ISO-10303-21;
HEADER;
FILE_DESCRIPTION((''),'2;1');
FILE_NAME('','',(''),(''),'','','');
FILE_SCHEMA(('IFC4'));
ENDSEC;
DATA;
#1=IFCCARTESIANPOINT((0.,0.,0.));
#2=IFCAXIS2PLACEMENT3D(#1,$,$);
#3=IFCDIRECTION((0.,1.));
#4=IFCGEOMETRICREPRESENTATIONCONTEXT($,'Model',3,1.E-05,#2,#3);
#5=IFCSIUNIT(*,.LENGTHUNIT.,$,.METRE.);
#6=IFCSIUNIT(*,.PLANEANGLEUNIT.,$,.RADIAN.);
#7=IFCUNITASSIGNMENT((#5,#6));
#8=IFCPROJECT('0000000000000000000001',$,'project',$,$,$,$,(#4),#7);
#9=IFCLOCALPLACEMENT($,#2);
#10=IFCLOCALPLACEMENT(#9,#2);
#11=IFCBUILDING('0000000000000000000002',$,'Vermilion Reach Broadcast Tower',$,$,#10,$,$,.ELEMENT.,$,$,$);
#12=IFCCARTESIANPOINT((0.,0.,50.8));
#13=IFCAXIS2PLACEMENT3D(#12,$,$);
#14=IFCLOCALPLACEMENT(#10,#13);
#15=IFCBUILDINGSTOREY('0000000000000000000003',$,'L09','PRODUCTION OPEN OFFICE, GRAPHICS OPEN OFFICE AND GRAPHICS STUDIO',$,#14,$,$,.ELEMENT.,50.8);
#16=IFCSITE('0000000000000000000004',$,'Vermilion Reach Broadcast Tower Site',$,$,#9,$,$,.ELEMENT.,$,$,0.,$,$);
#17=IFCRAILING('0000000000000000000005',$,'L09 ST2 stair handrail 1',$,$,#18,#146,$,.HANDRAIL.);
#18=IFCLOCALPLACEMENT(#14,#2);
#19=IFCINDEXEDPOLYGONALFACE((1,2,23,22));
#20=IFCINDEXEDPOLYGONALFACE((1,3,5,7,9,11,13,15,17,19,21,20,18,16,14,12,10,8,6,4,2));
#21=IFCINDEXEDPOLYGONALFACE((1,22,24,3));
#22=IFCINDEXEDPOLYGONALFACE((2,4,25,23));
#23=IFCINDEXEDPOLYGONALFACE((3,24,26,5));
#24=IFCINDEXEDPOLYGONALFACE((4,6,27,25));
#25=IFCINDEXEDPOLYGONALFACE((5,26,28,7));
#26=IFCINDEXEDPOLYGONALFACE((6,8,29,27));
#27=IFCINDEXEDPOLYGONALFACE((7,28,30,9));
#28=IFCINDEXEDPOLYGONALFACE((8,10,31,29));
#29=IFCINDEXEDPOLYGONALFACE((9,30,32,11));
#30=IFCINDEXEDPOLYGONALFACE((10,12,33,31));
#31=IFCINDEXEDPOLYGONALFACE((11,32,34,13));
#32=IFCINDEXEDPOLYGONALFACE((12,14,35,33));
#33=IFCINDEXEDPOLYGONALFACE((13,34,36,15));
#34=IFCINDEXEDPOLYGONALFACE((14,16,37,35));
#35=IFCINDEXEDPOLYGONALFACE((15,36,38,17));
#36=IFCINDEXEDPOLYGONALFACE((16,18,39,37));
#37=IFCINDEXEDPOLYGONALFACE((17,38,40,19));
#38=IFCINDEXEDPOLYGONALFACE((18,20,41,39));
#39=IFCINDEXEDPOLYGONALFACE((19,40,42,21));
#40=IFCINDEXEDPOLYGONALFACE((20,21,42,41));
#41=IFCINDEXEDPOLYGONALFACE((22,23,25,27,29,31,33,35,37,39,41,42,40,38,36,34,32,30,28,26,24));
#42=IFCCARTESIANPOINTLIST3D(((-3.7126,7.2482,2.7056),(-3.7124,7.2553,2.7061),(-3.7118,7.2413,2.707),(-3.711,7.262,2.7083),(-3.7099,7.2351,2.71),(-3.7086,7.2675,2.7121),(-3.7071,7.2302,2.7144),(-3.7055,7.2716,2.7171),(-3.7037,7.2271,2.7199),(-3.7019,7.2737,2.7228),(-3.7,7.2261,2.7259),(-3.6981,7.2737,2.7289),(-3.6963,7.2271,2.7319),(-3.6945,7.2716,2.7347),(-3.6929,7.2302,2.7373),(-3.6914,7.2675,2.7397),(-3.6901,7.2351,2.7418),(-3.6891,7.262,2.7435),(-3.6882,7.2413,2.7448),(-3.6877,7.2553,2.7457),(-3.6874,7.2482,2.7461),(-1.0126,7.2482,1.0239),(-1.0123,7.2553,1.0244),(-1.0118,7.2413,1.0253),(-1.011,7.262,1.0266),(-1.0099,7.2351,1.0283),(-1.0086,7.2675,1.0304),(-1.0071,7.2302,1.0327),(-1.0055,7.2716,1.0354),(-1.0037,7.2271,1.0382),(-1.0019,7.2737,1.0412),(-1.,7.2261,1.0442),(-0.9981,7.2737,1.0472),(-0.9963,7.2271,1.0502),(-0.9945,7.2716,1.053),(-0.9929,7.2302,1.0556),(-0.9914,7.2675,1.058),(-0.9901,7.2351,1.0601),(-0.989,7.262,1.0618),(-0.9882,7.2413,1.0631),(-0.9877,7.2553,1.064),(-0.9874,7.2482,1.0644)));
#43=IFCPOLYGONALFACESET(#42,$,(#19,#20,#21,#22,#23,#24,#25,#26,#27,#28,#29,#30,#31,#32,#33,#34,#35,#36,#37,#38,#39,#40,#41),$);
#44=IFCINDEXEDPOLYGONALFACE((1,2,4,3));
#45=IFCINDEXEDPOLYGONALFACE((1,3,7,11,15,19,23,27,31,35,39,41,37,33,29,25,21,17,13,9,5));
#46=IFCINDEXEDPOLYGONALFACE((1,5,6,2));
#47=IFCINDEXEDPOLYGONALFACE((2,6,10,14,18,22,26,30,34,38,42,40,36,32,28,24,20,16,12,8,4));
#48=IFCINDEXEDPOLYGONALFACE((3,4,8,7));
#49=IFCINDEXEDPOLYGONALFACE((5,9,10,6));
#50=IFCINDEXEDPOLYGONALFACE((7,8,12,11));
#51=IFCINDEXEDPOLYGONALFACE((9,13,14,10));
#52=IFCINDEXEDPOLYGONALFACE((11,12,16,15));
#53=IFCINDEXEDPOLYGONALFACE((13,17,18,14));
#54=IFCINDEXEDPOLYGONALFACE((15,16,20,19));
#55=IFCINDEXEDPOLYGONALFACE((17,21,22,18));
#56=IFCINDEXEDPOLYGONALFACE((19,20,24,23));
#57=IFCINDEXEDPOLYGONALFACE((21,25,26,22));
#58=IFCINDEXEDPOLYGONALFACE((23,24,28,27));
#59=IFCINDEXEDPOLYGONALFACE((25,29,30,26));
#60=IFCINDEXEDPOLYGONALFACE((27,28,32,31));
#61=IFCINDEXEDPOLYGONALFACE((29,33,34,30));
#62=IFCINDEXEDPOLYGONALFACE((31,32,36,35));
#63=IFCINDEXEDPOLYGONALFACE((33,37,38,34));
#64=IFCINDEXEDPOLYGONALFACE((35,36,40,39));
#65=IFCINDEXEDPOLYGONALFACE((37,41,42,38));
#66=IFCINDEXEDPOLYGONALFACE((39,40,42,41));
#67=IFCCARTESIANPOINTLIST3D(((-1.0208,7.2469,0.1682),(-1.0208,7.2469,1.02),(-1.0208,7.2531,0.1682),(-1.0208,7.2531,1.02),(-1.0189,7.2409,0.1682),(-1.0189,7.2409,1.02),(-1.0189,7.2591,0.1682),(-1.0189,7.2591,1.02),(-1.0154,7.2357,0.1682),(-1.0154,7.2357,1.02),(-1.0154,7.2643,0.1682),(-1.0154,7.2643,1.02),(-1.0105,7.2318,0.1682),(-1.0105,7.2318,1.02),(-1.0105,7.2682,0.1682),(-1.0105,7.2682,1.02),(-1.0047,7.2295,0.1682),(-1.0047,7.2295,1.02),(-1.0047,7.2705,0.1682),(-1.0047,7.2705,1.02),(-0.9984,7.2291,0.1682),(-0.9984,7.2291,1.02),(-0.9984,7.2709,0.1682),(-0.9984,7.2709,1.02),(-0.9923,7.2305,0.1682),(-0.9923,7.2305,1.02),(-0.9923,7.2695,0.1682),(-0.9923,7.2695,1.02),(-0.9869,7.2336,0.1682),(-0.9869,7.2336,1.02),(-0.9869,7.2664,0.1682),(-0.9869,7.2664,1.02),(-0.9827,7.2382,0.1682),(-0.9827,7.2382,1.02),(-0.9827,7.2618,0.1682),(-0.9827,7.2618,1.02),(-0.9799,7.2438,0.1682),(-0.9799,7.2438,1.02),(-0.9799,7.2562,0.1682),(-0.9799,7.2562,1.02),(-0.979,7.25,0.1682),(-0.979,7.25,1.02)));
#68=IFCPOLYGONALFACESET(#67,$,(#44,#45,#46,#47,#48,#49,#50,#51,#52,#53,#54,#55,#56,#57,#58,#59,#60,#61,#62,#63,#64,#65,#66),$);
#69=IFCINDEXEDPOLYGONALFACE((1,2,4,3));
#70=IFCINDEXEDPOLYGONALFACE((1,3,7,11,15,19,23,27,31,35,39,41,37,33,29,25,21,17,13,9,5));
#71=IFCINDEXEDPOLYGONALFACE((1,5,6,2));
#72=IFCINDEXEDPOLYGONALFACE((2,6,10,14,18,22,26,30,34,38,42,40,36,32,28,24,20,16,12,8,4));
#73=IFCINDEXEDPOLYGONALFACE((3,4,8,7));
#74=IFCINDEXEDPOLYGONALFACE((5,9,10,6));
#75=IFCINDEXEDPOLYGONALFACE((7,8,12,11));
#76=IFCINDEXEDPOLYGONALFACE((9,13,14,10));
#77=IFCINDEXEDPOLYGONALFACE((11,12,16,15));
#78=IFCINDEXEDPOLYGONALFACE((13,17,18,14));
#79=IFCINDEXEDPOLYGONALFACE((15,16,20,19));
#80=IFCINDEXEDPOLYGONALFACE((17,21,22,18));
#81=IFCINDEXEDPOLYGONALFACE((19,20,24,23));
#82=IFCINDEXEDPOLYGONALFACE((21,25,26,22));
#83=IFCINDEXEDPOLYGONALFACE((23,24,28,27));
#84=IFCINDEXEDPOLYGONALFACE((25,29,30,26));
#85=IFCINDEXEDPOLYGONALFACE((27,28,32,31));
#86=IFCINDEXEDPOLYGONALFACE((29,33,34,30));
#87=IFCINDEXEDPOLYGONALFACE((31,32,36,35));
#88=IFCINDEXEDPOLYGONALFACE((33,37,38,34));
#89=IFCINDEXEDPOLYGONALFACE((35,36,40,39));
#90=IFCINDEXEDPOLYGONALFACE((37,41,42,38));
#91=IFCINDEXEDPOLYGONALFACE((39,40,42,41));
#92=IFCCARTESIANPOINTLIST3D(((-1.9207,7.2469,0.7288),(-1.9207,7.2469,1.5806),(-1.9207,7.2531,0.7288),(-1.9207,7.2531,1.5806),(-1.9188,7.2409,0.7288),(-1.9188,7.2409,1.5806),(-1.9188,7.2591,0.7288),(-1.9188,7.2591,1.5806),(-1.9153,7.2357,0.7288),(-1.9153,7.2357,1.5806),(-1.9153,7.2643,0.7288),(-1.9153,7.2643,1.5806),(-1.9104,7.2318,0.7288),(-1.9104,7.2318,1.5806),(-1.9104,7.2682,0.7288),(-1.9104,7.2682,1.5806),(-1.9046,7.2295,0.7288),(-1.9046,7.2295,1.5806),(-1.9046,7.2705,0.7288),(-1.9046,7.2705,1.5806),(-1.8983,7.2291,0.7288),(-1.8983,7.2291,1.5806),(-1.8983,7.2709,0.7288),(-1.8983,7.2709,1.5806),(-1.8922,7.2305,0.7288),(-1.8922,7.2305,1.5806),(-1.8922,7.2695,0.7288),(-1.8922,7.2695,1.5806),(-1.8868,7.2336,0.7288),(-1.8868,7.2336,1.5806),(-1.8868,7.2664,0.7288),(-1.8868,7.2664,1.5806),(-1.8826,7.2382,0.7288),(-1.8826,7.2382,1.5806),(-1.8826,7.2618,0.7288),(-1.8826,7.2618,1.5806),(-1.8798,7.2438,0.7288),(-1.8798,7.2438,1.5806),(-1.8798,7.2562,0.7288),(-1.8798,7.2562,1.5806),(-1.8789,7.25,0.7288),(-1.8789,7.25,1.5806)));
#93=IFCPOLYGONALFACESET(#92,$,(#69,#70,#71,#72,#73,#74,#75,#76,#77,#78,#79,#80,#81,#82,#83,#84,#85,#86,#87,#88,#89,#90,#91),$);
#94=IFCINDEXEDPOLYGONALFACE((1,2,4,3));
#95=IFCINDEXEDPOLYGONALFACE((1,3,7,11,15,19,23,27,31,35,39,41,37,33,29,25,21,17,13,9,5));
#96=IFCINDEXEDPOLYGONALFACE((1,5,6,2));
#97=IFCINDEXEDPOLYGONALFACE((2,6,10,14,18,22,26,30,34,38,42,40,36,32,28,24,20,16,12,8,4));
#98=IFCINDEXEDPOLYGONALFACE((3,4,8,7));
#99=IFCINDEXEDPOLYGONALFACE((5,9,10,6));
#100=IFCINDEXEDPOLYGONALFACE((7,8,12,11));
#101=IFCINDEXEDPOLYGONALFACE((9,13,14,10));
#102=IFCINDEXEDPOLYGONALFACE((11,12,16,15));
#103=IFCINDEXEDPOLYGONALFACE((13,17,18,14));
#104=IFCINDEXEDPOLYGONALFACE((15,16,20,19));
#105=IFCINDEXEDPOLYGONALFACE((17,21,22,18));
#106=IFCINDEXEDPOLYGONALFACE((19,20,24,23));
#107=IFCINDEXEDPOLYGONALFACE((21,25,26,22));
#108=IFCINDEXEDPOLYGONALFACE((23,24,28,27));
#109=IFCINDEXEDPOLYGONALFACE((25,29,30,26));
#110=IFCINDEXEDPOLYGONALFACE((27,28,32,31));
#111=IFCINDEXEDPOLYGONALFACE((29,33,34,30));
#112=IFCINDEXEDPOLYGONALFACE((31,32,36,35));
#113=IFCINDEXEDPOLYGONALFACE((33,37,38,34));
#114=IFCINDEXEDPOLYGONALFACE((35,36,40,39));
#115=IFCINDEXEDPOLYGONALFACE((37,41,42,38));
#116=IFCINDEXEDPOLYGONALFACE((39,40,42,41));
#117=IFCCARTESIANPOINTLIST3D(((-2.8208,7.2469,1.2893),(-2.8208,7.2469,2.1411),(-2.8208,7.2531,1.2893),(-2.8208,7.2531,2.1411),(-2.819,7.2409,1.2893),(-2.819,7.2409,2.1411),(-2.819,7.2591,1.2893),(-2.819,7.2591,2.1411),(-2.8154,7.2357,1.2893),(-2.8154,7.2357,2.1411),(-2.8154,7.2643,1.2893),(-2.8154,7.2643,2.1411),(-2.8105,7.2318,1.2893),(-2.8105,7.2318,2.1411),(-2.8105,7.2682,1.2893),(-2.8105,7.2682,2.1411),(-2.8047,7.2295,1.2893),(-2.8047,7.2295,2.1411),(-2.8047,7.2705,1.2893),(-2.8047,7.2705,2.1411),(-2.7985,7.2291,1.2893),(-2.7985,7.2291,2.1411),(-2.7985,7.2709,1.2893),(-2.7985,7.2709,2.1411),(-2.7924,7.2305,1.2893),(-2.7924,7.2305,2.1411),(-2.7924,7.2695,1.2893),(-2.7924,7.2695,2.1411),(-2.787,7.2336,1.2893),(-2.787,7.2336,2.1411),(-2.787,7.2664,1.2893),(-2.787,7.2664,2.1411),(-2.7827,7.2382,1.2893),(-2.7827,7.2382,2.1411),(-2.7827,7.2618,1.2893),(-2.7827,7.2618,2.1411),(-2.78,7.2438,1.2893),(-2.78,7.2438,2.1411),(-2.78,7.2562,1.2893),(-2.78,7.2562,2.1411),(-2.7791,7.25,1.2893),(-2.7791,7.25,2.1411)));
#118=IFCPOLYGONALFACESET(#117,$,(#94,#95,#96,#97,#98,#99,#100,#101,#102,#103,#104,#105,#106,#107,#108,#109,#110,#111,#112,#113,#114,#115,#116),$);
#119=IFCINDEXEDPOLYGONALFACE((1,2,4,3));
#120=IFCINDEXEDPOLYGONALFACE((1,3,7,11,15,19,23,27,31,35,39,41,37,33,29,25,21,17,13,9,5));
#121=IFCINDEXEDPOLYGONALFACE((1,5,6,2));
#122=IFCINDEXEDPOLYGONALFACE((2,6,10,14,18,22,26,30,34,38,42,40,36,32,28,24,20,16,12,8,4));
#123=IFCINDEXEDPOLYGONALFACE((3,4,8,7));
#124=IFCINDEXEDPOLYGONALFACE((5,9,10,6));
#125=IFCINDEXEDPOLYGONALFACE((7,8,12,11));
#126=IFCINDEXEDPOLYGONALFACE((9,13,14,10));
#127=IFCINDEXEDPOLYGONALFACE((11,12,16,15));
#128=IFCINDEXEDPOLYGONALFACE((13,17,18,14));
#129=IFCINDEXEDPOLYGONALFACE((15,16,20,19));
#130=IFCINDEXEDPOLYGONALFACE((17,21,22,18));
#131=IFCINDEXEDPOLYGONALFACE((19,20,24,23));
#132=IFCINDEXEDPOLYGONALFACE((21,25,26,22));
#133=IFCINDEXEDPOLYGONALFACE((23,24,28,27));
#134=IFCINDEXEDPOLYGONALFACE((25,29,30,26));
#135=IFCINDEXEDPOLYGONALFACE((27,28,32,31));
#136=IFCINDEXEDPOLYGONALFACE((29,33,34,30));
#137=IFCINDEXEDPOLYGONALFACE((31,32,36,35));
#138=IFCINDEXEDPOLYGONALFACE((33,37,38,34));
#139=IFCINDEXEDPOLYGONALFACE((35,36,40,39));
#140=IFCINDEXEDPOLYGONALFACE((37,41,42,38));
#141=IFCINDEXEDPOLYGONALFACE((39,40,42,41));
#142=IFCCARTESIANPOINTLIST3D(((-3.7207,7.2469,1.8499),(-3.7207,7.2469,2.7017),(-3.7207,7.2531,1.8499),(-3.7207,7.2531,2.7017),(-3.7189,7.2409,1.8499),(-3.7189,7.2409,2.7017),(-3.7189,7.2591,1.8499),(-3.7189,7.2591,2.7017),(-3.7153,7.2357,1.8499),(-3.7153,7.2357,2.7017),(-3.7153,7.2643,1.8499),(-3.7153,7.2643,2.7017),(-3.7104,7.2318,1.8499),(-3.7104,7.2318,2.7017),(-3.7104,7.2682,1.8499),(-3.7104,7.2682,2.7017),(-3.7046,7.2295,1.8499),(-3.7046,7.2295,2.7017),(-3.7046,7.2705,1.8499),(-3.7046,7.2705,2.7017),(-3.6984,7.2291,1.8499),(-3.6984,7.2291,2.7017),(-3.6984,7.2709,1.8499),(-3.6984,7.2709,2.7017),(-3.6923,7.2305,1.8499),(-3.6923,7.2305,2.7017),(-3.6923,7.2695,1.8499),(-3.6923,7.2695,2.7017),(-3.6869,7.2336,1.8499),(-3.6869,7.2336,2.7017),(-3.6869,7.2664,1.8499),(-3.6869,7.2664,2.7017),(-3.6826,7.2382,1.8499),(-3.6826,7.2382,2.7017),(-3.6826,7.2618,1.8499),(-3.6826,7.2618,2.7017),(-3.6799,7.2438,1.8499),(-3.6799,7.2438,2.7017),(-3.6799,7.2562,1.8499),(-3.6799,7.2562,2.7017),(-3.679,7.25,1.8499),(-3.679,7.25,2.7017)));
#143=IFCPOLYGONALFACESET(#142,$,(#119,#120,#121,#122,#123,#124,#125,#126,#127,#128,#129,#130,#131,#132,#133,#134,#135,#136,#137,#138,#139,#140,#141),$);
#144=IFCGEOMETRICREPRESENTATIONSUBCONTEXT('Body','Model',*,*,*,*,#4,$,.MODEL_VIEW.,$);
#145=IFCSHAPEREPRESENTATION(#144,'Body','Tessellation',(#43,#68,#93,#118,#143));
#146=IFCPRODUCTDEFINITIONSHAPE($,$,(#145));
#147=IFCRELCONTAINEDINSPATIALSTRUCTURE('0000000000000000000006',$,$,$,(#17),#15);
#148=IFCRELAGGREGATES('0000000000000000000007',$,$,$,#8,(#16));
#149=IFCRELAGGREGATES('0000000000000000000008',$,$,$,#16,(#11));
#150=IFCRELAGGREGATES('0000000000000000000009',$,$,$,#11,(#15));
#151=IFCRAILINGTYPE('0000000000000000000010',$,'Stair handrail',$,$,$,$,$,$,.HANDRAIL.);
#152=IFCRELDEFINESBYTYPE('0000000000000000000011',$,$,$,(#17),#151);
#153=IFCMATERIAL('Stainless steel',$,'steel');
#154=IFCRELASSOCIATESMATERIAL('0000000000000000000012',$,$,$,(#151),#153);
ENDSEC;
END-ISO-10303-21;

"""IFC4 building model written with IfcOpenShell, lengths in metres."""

from ifc_helpers import new_model, si_unit, direction, frame, origin, origin_2d, place, context, subcontext, project, spatial, circle, extrude, material, type_object, element, save


model = new_model("IFC4")

# Units and contexts
model_context = context("Model", 3, precision=1e-05, world=origin(), true_north=direction((0.0, 1.0)))
body_context = subcontext(model_context, "Body", "Model", "MODEL_VIEW")
ifc_project = project(units=[si_unit("LENGTHUNIT", "METRE"), si_unit("PLANEANGLEUNIT", "RADIAN")], contexts=[model_context])

# Site, building, storey
site_placement = place(None, origin())
site = spatial("IfcSite", under=ifc_project, at=site_placement, Name="Vermilion Reach Broadcast Tower Site", CompositionType="ELEMENT", RefElevation=0.0)
building_placement = place(site_placement, origin())
building = spatial("IfcBuilding", under=site, at=building_placement, Name="Vermilion Reach Broadcast Tower", CompositionType="ELEMENT")
storey_placement = place(building_placement, frame((0.0, 0.0, 50.8)))
storey = spatial("IfcBuildingStorey", under=building, at=storey_placement, Name="L09", Description="PRODUCTION OPEN OFFICE, GRAPHICS OPEN OFFICE AND GRAPHICS STUDIO", CompositionType="ELEMENT", Elevation=50.8)

# Railing
ifc_material_1 = material(Name="Stainless steel", Category="steel")
railing_type_1 = type_object("IfcRailingType", Name="Stair handrail", PredefinedType="HANDRAIL", material=ifc_material_1)
railing_1_placement = place(storey_placement, frame((-1.0, 7.25, 0.1682)))
element("IfcRailing", 1, at=railing_1_placement, inside=storey, type_object=railing_type_1, Name="L09 ST2 stair handrail 1", PredefinedType="HANDRAIL", context=body_context, shape_type="SweptSolid", body=[
    extrude(circle(Radius=0.0239, at=origin_2d()), frame((0.0, 0.0, 0.876), z_axis=(-0.848821, 0.0, 0.528681), x_axis=(0.0, -1.0, 0.0)), (0.0, 0.0, 1.0), 3.1809),
    extrude(circle(Radius=0.021, at=origin_2d()), origin(), (0.0, 0.0, 1.0), 0.8518),
    extrude(circle(Radius=0.021, at=origin_2d()), frame((-0.8999, 0.0, 0.5605)), (0.0, 0.0, 1.0), 0.8518),
    extrude(circle(Radius=0.021, at=origin_2d()), frame((-1.8, 0.0, 1.1211)), (0.0, 0.0, 1.0), 0.8518),
    extrude(circle(Radius=0.021, at=origin_2d()), frame((-2.7, 0.0, 1.6816)), (0.0, 0.0, 1.0), 0.8518),
])

save(model, "model.ifc")
